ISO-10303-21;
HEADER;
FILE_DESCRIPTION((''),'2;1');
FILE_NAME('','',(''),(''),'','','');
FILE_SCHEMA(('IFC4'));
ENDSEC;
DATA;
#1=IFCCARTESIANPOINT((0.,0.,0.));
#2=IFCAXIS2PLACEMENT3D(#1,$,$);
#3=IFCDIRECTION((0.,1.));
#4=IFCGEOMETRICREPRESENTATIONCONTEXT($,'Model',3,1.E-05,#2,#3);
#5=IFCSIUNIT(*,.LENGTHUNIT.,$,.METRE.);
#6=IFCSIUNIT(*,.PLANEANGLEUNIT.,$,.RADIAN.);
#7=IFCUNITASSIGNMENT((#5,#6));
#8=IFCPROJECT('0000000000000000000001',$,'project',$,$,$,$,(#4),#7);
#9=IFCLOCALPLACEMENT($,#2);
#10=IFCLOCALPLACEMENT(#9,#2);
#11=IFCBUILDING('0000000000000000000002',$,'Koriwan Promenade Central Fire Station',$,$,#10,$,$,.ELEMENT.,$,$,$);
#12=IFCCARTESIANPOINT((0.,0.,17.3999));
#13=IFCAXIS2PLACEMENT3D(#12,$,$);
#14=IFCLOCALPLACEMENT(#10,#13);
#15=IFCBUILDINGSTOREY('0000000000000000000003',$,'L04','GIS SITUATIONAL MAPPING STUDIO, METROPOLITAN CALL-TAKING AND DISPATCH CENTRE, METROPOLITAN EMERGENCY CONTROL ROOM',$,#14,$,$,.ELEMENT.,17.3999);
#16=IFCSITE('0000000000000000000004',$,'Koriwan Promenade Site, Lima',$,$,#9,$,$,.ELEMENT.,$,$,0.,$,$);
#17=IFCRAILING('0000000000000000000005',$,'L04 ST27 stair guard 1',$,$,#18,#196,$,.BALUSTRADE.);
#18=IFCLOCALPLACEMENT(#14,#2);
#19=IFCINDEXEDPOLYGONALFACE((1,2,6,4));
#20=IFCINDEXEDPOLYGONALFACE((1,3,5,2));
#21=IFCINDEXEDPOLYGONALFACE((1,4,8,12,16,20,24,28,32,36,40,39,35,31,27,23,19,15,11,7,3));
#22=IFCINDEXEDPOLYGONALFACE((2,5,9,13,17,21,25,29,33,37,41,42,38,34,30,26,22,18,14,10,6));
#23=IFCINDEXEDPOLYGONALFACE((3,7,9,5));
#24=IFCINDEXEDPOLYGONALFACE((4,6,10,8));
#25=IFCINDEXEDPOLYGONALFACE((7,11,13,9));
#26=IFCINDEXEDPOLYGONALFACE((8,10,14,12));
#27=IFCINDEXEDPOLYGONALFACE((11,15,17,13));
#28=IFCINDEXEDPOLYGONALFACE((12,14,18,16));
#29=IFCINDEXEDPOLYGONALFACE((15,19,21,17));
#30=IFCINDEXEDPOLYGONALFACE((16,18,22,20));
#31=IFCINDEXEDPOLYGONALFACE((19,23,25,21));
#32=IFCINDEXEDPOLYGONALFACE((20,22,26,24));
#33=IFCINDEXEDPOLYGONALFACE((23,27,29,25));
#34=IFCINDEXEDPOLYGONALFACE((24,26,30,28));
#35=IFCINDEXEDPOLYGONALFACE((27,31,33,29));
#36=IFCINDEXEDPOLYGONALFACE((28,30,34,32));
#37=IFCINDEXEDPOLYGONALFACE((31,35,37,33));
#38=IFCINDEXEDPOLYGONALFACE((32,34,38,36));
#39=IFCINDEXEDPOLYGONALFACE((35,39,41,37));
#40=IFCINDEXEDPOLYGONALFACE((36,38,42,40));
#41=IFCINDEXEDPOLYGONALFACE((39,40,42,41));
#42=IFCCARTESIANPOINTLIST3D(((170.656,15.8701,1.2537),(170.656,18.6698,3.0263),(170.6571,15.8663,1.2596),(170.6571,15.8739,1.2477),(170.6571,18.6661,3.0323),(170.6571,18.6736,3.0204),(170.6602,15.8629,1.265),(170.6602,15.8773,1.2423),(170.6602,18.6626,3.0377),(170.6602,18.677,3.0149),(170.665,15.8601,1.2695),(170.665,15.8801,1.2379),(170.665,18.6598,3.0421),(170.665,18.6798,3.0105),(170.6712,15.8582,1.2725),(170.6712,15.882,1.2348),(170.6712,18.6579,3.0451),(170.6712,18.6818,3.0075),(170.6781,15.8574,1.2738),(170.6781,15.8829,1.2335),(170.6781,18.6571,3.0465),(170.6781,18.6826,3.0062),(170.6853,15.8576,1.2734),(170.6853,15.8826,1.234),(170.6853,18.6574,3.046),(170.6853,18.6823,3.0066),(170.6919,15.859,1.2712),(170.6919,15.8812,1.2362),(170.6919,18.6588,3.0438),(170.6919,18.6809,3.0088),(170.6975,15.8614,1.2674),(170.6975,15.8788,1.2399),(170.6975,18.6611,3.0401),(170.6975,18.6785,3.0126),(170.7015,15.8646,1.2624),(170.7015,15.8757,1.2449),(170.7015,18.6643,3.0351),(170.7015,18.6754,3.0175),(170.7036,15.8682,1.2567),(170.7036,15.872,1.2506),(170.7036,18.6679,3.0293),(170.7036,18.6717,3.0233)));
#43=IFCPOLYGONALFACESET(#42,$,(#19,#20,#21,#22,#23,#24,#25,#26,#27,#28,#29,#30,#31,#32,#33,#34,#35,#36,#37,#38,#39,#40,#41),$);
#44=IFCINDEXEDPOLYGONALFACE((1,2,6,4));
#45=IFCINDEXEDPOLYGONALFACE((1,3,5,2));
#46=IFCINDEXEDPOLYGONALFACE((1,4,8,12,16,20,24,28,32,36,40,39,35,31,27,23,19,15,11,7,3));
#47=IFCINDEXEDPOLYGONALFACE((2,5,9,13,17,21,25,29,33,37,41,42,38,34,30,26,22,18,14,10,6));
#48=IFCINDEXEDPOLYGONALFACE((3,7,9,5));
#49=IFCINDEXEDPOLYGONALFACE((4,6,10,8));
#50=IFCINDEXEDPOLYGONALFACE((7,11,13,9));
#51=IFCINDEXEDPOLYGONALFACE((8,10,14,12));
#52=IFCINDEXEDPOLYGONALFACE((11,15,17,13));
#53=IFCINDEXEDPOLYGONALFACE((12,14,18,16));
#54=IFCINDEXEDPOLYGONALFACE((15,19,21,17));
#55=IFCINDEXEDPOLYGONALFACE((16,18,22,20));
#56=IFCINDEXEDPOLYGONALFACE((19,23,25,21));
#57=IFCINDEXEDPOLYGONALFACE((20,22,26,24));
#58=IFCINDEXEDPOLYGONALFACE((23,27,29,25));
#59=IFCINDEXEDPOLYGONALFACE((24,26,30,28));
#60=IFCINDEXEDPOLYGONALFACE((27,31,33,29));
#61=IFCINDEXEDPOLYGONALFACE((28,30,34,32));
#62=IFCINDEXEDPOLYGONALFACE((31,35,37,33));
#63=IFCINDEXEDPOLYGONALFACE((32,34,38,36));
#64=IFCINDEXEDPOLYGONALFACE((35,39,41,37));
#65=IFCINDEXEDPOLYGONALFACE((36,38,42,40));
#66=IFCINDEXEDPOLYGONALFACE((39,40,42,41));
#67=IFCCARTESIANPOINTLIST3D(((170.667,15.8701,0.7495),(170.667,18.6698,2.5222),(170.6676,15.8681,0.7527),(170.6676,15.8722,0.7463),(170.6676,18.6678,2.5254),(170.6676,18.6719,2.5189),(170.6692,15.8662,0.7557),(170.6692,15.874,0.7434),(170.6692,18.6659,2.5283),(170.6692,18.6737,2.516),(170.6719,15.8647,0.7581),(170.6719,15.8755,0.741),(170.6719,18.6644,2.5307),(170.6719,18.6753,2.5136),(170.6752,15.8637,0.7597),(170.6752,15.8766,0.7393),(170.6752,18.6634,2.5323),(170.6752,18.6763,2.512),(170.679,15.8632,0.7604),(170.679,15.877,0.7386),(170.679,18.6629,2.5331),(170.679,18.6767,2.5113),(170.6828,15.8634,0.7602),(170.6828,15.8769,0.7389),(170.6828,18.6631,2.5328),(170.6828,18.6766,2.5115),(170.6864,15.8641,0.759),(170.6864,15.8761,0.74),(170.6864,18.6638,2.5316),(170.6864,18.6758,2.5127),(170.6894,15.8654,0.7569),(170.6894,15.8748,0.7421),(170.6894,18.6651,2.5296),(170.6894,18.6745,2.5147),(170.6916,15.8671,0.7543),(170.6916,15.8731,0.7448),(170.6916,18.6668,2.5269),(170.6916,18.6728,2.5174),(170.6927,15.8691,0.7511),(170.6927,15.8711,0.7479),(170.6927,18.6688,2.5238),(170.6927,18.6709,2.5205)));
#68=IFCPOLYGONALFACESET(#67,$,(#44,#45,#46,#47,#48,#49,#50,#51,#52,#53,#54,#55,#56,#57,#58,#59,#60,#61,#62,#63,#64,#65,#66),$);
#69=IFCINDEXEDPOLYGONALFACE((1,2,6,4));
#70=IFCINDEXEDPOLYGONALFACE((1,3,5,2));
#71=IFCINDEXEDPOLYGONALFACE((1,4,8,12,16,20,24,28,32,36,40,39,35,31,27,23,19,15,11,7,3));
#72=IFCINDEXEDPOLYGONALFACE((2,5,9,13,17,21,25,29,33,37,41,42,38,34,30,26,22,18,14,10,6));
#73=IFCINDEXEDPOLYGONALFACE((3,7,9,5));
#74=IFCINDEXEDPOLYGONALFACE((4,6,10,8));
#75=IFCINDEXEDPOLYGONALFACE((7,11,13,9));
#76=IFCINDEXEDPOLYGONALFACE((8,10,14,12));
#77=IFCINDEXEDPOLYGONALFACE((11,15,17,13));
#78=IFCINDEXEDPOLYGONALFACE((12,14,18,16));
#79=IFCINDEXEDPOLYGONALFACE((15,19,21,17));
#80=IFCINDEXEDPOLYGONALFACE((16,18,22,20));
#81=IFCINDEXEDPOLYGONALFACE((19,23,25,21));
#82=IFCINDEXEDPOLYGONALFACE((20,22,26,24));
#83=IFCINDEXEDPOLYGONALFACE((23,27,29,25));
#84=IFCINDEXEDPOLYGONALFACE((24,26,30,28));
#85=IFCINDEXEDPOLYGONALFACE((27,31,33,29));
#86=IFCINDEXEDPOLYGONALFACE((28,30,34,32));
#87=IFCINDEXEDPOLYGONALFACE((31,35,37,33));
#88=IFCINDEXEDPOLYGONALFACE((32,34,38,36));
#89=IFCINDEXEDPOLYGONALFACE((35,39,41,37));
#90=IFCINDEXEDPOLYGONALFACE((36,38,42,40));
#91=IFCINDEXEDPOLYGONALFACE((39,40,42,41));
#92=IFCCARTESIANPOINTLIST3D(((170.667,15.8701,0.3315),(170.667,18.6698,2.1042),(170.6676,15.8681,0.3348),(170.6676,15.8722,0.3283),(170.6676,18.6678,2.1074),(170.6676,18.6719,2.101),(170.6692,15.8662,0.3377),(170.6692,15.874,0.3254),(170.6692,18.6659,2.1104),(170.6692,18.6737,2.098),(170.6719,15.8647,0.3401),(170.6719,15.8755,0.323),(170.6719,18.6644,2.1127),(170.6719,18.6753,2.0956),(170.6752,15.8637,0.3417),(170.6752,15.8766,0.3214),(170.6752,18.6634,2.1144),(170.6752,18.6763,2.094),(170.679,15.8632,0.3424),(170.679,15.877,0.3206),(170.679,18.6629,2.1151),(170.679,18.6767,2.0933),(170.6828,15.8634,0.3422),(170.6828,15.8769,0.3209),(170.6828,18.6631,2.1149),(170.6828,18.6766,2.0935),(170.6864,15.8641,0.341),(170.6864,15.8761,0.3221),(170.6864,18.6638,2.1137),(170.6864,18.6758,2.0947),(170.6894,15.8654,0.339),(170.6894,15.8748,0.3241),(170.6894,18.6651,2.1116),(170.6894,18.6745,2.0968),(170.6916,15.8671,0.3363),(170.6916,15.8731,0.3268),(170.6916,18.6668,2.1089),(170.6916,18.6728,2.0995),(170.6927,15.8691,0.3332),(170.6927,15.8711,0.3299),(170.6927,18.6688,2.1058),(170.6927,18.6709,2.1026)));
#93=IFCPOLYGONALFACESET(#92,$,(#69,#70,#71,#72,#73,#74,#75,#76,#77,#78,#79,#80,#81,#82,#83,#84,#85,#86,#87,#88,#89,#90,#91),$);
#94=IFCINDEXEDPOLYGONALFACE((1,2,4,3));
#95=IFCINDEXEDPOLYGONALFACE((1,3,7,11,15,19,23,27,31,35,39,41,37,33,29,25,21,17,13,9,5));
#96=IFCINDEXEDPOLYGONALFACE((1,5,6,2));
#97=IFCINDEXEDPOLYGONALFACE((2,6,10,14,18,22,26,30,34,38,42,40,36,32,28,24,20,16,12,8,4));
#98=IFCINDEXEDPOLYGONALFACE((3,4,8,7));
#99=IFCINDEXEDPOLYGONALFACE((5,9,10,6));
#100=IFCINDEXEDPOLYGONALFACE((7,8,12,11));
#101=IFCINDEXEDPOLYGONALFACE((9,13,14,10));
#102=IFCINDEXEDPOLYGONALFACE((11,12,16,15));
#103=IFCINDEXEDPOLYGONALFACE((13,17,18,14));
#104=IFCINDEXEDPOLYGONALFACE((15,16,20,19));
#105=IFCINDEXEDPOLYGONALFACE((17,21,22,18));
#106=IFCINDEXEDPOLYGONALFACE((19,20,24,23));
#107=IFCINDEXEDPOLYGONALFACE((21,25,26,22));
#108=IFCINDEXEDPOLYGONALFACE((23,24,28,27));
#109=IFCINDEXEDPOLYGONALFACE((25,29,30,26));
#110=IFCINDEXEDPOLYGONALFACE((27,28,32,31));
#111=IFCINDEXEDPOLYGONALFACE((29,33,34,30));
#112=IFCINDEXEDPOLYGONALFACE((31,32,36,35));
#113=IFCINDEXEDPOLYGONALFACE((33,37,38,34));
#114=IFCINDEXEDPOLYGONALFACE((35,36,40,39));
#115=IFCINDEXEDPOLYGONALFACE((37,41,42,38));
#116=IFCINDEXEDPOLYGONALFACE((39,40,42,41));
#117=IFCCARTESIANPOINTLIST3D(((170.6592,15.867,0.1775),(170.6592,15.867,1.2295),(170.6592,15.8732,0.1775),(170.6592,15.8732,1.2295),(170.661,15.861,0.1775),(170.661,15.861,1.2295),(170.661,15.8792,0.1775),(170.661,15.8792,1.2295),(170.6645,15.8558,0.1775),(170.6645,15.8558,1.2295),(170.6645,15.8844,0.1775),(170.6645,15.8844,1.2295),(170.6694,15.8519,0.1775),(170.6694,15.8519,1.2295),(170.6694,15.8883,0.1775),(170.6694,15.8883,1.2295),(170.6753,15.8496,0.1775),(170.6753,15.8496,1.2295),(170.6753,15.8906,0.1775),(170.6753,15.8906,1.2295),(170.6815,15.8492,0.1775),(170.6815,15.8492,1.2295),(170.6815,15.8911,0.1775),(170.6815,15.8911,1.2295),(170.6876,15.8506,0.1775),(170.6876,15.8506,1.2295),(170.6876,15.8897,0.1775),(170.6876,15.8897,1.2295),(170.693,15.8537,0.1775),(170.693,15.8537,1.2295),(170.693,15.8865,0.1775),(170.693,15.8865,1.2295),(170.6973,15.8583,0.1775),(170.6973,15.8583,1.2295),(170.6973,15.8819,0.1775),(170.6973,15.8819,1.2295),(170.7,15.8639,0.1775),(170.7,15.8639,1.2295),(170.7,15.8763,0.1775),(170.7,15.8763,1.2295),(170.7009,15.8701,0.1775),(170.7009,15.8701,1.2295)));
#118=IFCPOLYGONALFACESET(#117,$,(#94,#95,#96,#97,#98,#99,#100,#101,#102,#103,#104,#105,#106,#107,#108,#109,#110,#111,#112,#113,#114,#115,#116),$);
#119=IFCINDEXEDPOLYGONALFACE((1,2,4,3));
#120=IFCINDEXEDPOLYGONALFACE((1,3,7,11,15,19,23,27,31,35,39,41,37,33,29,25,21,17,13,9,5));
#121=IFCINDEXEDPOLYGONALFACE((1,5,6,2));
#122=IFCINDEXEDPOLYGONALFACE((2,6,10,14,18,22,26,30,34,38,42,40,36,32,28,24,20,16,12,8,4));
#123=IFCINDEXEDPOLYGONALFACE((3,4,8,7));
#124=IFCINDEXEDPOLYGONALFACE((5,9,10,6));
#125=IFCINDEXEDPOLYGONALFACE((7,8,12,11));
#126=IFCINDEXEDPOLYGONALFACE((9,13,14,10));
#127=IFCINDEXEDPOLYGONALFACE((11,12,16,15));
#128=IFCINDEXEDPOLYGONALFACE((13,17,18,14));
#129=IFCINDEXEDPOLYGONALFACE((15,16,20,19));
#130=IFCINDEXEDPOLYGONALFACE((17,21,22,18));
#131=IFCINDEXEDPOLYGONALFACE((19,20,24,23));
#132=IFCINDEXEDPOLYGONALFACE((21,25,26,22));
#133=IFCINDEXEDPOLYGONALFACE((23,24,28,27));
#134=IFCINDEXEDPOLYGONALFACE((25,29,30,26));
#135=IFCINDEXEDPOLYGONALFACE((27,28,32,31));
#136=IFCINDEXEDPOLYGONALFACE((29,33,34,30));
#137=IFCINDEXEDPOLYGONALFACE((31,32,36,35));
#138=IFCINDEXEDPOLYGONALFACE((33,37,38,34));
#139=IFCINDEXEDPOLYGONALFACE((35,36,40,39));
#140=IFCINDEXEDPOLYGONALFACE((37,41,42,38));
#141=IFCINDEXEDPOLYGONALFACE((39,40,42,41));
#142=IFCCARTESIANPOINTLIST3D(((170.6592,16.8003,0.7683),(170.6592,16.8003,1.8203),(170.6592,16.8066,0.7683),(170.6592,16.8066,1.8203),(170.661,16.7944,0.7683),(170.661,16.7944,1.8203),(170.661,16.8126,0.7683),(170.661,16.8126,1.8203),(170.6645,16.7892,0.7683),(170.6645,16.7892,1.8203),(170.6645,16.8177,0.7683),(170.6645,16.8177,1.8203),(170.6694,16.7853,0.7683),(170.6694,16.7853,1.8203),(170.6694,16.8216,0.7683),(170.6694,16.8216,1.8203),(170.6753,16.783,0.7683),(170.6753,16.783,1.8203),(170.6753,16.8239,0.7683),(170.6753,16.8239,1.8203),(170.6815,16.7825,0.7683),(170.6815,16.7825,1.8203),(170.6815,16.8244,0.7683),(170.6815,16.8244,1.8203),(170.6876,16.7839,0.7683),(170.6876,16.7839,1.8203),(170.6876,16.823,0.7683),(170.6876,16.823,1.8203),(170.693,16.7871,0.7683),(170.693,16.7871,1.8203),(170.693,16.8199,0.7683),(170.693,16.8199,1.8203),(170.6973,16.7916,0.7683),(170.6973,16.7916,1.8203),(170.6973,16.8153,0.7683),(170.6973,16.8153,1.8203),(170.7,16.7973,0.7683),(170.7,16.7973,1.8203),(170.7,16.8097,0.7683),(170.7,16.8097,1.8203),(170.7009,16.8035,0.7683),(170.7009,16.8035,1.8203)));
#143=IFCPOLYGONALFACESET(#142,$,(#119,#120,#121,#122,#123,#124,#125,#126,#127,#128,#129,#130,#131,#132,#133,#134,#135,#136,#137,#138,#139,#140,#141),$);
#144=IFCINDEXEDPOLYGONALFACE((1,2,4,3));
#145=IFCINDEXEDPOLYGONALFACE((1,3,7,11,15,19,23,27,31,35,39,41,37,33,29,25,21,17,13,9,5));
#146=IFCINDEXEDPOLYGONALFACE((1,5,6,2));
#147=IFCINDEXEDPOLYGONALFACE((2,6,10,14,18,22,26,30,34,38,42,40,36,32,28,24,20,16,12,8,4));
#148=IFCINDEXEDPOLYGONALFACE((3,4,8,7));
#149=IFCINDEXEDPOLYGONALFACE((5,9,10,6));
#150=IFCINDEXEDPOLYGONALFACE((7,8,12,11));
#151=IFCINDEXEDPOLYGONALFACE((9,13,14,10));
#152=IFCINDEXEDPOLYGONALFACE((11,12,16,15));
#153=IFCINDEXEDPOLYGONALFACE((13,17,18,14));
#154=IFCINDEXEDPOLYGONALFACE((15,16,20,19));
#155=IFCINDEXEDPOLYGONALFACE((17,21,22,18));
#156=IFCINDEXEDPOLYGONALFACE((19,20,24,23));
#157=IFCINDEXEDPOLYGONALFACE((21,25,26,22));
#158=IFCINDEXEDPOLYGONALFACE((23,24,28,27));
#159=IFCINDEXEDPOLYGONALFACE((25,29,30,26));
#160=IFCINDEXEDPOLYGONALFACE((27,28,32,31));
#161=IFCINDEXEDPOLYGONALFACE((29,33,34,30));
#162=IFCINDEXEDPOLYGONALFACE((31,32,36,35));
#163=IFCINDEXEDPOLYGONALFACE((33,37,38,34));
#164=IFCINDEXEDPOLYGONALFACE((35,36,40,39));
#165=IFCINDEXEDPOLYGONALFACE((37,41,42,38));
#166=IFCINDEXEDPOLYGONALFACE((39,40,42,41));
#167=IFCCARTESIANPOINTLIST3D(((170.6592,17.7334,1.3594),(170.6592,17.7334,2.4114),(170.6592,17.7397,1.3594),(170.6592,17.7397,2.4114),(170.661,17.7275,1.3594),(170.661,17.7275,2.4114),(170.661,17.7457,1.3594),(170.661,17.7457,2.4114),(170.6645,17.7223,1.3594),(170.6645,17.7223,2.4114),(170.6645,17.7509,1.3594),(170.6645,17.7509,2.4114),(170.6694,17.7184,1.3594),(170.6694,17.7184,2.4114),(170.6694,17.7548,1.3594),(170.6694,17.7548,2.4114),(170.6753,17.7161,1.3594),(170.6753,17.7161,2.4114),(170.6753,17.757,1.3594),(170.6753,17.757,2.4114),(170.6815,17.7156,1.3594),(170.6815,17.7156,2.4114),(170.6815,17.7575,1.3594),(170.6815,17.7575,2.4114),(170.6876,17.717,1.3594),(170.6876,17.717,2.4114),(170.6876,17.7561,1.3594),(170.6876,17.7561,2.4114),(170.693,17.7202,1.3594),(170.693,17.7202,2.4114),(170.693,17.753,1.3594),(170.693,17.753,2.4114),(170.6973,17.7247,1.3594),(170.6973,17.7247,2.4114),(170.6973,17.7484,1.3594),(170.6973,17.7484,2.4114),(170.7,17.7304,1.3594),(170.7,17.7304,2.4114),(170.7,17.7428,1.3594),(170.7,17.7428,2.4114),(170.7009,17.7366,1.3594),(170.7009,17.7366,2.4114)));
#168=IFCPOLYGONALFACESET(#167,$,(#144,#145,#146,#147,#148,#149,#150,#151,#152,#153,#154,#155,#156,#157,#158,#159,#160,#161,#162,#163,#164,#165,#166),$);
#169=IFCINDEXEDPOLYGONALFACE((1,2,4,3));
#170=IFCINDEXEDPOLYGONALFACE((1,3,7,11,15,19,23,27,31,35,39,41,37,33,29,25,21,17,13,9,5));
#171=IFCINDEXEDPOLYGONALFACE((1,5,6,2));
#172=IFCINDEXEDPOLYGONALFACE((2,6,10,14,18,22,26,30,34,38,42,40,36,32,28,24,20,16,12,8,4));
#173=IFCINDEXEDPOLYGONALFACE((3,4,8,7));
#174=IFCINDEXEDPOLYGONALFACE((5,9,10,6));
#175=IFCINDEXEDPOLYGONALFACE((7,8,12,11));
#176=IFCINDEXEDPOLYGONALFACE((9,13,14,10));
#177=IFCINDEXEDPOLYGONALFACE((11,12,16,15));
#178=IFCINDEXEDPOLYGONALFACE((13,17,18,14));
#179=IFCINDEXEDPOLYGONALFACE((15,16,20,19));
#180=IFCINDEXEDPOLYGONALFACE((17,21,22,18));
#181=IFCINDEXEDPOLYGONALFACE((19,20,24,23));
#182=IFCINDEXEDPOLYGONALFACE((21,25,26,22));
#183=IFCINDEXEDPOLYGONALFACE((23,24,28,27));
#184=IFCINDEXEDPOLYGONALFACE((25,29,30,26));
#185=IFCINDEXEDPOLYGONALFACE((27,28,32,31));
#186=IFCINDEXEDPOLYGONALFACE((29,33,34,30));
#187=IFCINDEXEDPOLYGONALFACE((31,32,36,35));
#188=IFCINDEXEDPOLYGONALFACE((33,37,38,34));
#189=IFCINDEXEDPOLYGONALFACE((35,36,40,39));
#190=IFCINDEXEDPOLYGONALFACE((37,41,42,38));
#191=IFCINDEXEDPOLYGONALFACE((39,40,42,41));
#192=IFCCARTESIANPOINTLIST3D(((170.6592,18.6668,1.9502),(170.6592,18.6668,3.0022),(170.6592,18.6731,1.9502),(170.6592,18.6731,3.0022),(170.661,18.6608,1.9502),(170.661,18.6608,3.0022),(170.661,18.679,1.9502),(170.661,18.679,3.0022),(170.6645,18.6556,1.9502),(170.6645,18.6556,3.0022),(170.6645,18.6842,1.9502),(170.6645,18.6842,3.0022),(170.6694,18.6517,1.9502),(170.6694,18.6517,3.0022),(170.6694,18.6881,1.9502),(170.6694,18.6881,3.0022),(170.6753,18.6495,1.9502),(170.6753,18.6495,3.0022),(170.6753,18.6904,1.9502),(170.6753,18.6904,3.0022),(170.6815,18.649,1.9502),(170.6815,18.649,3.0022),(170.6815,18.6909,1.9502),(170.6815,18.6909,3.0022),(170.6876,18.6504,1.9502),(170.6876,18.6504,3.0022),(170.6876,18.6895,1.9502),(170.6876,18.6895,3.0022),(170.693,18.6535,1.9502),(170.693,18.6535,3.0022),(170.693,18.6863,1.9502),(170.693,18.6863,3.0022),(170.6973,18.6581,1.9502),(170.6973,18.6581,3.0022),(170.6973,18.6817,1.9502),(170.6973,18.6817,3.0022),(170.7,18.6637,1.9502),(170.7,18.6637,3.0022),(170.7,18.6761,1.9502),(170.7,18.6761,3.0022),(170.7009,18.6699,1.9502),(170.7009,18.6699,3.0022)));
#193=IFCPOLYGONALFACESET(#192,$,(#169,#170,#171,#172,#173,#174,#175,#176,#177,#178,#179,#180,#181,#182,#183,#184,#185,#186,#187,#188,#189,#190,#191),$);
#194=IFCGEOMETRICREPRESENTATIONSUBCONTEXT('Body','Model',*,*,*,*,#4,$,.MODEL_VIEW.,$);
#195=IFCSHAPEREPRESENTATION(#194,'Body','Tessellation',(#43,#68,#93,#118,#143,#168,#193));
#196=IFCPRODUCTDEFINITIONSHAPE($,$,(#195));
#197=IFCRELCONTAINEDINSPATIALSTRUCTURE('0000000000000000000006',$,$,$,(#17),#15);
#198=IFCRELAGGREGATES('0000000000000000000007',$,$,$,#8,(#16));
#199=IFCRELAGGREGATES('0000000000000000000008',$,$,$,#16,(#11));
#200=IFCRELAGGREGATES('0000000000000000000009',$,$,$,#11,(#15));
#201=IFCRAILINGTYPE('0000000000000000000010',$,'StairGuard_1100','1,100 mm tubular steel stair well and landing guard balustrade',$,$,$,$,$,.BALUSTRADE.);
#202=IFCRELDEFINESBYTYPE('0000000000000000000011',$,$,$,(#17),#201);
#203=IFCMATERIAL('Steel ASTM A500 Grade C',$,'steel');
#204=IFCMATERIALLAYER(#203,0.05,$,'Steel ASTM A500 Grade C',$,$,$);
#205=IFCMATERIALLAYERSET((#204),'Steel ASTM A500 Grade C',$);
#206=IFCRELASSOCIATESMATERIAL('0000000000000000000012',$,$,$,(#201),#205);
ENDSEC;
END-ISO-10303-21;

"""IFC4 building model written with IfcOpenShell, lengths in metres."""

from ifc_helpers import new_model, si_unit, direction, frame, origin, origin_2d, place, context, subcontext, project, spatial, circle, extrude, material, layer, layer_set, type_object, element, save


model = new_model("IFC4")

# Units and contexts
model_context = context("Model", 3, precision=1e-05, world=origin(), true_north=direction((0.0, 1.0)))
body_context = subcontext(model_context, "Body", "Model", "MODEL_VIEW")
ifc_project = project(units=[si_unit("LENGTHUNIT", "METRE"), si_unit("PLANEANGLEUNIT", "RADIAN")], contexts=[model_context])

# Site, building, storey
site_placement = place(None, origin())
site = spatial("IfcSite", under=ifc_project, at=site_placement, Name="Koriwan Promenade Site, Lima", CompositionType="ELEMENT", RefElevation=0.0)
building_placement = place(site_placement, origin())
building = spatial("IfcBuilding", under=site, at=building_placement, Name="Koriwan Promenade Central Fire Station", CompositionType="ELEMENT")
storey_placement = place(building_placement, frame((0.0, 0.0, 17.3999)))
storey = spatial("IfcBuildingStorey", under=building, at=storey_placement, Name="L04", Description="GIS SITUATIONAL MAPPING STUDIO, METROPOLITAN CALL-TAKING AND DISPATCH CENTRE, METROPOLITAN EMERGENCY CONTROL ROOM", CompositionType="ELEMENT", Elevation=17.3999)

# Railing
ifc_material_1 = material(Name="Steel ASTM A500 Grade C", Category="steel")
ifc_layer_1 = layer(ifc_material_1, 0.05, Name="Steel ASTM A500 Grade C")
ifc_layer_set_1 = layer_set([ifc_layer_1], Name="Steel ASTM A500 Grade C")
railing_type_1 = type_object("IfcRailingType", Name="StairGuard_1100", Description="1,100 mm tubular steel stair well and landing guard balustrade", PredefinedType="BALUSTRADE", material=ifc_layer_set_1)
railing_1_placement = place(storey_placement, frame((170.6799, 15.8701, 0.1775)))
element("IfcRailing", 1, at=railing_1_placement, inside=storey, type_object=railing_type_1, Name="L04 ST27 stair guard 1", PredefinedType="BALUSTRADE", context=body_context, shape_type="SweptSolid", body=[
    extrude(circle(Radius=0.0239, at=origin_2d()), frame((0.0, 0.0, 1.0762), z_axis=(0.0, 0.844888, 0.534943), x_axis=(-1.0, 0.0, 0.0)), (0.0, 0.0, 1.0), 3.3137),
    extrude(circle(Radius=0.0129, at=origin_2d()), frame((0.0, 0.0, 0.572), z_axis=(0.0, 0.844888, 0.534943), x_axis=(-1.0, 0.0, 0.0)), (0.0, 0.0, 1.0), 3.3137),
    extrude(circle(Radius=0.0129, at=origin_2d()), frame((0.0, 0.0, 0.1541), z_axis=(0.0, 0.844888, 0.534943), x_axis=(-1.0, 0.0, 0.0)), (0.0, 0.0, 1.0), 3.3137),
    extrude(circle(Radius=0.021, at=origin_2d()), origin(), (0.0, 0.0, 1.0), 1.052),
    extrude(circle(Radius=0.021, at=origin_2d()), frame((0.0, 0.9333, 0.5908)), (0.0, 0.0, 1.0), 1.052),
    extrude(circle(Radius=0.021, at=origin_2d()), frame((0.0, 1.8665, 1.1819)), (0.0, 0.0, 1.0), 1.052),
    extrude(circle(Radius=0.021, at=origin_2d()), frame((0.0, 2.7998, 1.7727)), (0.0, 0.0, 1.0), 1.052),
])

save(model, "model.ifc")
